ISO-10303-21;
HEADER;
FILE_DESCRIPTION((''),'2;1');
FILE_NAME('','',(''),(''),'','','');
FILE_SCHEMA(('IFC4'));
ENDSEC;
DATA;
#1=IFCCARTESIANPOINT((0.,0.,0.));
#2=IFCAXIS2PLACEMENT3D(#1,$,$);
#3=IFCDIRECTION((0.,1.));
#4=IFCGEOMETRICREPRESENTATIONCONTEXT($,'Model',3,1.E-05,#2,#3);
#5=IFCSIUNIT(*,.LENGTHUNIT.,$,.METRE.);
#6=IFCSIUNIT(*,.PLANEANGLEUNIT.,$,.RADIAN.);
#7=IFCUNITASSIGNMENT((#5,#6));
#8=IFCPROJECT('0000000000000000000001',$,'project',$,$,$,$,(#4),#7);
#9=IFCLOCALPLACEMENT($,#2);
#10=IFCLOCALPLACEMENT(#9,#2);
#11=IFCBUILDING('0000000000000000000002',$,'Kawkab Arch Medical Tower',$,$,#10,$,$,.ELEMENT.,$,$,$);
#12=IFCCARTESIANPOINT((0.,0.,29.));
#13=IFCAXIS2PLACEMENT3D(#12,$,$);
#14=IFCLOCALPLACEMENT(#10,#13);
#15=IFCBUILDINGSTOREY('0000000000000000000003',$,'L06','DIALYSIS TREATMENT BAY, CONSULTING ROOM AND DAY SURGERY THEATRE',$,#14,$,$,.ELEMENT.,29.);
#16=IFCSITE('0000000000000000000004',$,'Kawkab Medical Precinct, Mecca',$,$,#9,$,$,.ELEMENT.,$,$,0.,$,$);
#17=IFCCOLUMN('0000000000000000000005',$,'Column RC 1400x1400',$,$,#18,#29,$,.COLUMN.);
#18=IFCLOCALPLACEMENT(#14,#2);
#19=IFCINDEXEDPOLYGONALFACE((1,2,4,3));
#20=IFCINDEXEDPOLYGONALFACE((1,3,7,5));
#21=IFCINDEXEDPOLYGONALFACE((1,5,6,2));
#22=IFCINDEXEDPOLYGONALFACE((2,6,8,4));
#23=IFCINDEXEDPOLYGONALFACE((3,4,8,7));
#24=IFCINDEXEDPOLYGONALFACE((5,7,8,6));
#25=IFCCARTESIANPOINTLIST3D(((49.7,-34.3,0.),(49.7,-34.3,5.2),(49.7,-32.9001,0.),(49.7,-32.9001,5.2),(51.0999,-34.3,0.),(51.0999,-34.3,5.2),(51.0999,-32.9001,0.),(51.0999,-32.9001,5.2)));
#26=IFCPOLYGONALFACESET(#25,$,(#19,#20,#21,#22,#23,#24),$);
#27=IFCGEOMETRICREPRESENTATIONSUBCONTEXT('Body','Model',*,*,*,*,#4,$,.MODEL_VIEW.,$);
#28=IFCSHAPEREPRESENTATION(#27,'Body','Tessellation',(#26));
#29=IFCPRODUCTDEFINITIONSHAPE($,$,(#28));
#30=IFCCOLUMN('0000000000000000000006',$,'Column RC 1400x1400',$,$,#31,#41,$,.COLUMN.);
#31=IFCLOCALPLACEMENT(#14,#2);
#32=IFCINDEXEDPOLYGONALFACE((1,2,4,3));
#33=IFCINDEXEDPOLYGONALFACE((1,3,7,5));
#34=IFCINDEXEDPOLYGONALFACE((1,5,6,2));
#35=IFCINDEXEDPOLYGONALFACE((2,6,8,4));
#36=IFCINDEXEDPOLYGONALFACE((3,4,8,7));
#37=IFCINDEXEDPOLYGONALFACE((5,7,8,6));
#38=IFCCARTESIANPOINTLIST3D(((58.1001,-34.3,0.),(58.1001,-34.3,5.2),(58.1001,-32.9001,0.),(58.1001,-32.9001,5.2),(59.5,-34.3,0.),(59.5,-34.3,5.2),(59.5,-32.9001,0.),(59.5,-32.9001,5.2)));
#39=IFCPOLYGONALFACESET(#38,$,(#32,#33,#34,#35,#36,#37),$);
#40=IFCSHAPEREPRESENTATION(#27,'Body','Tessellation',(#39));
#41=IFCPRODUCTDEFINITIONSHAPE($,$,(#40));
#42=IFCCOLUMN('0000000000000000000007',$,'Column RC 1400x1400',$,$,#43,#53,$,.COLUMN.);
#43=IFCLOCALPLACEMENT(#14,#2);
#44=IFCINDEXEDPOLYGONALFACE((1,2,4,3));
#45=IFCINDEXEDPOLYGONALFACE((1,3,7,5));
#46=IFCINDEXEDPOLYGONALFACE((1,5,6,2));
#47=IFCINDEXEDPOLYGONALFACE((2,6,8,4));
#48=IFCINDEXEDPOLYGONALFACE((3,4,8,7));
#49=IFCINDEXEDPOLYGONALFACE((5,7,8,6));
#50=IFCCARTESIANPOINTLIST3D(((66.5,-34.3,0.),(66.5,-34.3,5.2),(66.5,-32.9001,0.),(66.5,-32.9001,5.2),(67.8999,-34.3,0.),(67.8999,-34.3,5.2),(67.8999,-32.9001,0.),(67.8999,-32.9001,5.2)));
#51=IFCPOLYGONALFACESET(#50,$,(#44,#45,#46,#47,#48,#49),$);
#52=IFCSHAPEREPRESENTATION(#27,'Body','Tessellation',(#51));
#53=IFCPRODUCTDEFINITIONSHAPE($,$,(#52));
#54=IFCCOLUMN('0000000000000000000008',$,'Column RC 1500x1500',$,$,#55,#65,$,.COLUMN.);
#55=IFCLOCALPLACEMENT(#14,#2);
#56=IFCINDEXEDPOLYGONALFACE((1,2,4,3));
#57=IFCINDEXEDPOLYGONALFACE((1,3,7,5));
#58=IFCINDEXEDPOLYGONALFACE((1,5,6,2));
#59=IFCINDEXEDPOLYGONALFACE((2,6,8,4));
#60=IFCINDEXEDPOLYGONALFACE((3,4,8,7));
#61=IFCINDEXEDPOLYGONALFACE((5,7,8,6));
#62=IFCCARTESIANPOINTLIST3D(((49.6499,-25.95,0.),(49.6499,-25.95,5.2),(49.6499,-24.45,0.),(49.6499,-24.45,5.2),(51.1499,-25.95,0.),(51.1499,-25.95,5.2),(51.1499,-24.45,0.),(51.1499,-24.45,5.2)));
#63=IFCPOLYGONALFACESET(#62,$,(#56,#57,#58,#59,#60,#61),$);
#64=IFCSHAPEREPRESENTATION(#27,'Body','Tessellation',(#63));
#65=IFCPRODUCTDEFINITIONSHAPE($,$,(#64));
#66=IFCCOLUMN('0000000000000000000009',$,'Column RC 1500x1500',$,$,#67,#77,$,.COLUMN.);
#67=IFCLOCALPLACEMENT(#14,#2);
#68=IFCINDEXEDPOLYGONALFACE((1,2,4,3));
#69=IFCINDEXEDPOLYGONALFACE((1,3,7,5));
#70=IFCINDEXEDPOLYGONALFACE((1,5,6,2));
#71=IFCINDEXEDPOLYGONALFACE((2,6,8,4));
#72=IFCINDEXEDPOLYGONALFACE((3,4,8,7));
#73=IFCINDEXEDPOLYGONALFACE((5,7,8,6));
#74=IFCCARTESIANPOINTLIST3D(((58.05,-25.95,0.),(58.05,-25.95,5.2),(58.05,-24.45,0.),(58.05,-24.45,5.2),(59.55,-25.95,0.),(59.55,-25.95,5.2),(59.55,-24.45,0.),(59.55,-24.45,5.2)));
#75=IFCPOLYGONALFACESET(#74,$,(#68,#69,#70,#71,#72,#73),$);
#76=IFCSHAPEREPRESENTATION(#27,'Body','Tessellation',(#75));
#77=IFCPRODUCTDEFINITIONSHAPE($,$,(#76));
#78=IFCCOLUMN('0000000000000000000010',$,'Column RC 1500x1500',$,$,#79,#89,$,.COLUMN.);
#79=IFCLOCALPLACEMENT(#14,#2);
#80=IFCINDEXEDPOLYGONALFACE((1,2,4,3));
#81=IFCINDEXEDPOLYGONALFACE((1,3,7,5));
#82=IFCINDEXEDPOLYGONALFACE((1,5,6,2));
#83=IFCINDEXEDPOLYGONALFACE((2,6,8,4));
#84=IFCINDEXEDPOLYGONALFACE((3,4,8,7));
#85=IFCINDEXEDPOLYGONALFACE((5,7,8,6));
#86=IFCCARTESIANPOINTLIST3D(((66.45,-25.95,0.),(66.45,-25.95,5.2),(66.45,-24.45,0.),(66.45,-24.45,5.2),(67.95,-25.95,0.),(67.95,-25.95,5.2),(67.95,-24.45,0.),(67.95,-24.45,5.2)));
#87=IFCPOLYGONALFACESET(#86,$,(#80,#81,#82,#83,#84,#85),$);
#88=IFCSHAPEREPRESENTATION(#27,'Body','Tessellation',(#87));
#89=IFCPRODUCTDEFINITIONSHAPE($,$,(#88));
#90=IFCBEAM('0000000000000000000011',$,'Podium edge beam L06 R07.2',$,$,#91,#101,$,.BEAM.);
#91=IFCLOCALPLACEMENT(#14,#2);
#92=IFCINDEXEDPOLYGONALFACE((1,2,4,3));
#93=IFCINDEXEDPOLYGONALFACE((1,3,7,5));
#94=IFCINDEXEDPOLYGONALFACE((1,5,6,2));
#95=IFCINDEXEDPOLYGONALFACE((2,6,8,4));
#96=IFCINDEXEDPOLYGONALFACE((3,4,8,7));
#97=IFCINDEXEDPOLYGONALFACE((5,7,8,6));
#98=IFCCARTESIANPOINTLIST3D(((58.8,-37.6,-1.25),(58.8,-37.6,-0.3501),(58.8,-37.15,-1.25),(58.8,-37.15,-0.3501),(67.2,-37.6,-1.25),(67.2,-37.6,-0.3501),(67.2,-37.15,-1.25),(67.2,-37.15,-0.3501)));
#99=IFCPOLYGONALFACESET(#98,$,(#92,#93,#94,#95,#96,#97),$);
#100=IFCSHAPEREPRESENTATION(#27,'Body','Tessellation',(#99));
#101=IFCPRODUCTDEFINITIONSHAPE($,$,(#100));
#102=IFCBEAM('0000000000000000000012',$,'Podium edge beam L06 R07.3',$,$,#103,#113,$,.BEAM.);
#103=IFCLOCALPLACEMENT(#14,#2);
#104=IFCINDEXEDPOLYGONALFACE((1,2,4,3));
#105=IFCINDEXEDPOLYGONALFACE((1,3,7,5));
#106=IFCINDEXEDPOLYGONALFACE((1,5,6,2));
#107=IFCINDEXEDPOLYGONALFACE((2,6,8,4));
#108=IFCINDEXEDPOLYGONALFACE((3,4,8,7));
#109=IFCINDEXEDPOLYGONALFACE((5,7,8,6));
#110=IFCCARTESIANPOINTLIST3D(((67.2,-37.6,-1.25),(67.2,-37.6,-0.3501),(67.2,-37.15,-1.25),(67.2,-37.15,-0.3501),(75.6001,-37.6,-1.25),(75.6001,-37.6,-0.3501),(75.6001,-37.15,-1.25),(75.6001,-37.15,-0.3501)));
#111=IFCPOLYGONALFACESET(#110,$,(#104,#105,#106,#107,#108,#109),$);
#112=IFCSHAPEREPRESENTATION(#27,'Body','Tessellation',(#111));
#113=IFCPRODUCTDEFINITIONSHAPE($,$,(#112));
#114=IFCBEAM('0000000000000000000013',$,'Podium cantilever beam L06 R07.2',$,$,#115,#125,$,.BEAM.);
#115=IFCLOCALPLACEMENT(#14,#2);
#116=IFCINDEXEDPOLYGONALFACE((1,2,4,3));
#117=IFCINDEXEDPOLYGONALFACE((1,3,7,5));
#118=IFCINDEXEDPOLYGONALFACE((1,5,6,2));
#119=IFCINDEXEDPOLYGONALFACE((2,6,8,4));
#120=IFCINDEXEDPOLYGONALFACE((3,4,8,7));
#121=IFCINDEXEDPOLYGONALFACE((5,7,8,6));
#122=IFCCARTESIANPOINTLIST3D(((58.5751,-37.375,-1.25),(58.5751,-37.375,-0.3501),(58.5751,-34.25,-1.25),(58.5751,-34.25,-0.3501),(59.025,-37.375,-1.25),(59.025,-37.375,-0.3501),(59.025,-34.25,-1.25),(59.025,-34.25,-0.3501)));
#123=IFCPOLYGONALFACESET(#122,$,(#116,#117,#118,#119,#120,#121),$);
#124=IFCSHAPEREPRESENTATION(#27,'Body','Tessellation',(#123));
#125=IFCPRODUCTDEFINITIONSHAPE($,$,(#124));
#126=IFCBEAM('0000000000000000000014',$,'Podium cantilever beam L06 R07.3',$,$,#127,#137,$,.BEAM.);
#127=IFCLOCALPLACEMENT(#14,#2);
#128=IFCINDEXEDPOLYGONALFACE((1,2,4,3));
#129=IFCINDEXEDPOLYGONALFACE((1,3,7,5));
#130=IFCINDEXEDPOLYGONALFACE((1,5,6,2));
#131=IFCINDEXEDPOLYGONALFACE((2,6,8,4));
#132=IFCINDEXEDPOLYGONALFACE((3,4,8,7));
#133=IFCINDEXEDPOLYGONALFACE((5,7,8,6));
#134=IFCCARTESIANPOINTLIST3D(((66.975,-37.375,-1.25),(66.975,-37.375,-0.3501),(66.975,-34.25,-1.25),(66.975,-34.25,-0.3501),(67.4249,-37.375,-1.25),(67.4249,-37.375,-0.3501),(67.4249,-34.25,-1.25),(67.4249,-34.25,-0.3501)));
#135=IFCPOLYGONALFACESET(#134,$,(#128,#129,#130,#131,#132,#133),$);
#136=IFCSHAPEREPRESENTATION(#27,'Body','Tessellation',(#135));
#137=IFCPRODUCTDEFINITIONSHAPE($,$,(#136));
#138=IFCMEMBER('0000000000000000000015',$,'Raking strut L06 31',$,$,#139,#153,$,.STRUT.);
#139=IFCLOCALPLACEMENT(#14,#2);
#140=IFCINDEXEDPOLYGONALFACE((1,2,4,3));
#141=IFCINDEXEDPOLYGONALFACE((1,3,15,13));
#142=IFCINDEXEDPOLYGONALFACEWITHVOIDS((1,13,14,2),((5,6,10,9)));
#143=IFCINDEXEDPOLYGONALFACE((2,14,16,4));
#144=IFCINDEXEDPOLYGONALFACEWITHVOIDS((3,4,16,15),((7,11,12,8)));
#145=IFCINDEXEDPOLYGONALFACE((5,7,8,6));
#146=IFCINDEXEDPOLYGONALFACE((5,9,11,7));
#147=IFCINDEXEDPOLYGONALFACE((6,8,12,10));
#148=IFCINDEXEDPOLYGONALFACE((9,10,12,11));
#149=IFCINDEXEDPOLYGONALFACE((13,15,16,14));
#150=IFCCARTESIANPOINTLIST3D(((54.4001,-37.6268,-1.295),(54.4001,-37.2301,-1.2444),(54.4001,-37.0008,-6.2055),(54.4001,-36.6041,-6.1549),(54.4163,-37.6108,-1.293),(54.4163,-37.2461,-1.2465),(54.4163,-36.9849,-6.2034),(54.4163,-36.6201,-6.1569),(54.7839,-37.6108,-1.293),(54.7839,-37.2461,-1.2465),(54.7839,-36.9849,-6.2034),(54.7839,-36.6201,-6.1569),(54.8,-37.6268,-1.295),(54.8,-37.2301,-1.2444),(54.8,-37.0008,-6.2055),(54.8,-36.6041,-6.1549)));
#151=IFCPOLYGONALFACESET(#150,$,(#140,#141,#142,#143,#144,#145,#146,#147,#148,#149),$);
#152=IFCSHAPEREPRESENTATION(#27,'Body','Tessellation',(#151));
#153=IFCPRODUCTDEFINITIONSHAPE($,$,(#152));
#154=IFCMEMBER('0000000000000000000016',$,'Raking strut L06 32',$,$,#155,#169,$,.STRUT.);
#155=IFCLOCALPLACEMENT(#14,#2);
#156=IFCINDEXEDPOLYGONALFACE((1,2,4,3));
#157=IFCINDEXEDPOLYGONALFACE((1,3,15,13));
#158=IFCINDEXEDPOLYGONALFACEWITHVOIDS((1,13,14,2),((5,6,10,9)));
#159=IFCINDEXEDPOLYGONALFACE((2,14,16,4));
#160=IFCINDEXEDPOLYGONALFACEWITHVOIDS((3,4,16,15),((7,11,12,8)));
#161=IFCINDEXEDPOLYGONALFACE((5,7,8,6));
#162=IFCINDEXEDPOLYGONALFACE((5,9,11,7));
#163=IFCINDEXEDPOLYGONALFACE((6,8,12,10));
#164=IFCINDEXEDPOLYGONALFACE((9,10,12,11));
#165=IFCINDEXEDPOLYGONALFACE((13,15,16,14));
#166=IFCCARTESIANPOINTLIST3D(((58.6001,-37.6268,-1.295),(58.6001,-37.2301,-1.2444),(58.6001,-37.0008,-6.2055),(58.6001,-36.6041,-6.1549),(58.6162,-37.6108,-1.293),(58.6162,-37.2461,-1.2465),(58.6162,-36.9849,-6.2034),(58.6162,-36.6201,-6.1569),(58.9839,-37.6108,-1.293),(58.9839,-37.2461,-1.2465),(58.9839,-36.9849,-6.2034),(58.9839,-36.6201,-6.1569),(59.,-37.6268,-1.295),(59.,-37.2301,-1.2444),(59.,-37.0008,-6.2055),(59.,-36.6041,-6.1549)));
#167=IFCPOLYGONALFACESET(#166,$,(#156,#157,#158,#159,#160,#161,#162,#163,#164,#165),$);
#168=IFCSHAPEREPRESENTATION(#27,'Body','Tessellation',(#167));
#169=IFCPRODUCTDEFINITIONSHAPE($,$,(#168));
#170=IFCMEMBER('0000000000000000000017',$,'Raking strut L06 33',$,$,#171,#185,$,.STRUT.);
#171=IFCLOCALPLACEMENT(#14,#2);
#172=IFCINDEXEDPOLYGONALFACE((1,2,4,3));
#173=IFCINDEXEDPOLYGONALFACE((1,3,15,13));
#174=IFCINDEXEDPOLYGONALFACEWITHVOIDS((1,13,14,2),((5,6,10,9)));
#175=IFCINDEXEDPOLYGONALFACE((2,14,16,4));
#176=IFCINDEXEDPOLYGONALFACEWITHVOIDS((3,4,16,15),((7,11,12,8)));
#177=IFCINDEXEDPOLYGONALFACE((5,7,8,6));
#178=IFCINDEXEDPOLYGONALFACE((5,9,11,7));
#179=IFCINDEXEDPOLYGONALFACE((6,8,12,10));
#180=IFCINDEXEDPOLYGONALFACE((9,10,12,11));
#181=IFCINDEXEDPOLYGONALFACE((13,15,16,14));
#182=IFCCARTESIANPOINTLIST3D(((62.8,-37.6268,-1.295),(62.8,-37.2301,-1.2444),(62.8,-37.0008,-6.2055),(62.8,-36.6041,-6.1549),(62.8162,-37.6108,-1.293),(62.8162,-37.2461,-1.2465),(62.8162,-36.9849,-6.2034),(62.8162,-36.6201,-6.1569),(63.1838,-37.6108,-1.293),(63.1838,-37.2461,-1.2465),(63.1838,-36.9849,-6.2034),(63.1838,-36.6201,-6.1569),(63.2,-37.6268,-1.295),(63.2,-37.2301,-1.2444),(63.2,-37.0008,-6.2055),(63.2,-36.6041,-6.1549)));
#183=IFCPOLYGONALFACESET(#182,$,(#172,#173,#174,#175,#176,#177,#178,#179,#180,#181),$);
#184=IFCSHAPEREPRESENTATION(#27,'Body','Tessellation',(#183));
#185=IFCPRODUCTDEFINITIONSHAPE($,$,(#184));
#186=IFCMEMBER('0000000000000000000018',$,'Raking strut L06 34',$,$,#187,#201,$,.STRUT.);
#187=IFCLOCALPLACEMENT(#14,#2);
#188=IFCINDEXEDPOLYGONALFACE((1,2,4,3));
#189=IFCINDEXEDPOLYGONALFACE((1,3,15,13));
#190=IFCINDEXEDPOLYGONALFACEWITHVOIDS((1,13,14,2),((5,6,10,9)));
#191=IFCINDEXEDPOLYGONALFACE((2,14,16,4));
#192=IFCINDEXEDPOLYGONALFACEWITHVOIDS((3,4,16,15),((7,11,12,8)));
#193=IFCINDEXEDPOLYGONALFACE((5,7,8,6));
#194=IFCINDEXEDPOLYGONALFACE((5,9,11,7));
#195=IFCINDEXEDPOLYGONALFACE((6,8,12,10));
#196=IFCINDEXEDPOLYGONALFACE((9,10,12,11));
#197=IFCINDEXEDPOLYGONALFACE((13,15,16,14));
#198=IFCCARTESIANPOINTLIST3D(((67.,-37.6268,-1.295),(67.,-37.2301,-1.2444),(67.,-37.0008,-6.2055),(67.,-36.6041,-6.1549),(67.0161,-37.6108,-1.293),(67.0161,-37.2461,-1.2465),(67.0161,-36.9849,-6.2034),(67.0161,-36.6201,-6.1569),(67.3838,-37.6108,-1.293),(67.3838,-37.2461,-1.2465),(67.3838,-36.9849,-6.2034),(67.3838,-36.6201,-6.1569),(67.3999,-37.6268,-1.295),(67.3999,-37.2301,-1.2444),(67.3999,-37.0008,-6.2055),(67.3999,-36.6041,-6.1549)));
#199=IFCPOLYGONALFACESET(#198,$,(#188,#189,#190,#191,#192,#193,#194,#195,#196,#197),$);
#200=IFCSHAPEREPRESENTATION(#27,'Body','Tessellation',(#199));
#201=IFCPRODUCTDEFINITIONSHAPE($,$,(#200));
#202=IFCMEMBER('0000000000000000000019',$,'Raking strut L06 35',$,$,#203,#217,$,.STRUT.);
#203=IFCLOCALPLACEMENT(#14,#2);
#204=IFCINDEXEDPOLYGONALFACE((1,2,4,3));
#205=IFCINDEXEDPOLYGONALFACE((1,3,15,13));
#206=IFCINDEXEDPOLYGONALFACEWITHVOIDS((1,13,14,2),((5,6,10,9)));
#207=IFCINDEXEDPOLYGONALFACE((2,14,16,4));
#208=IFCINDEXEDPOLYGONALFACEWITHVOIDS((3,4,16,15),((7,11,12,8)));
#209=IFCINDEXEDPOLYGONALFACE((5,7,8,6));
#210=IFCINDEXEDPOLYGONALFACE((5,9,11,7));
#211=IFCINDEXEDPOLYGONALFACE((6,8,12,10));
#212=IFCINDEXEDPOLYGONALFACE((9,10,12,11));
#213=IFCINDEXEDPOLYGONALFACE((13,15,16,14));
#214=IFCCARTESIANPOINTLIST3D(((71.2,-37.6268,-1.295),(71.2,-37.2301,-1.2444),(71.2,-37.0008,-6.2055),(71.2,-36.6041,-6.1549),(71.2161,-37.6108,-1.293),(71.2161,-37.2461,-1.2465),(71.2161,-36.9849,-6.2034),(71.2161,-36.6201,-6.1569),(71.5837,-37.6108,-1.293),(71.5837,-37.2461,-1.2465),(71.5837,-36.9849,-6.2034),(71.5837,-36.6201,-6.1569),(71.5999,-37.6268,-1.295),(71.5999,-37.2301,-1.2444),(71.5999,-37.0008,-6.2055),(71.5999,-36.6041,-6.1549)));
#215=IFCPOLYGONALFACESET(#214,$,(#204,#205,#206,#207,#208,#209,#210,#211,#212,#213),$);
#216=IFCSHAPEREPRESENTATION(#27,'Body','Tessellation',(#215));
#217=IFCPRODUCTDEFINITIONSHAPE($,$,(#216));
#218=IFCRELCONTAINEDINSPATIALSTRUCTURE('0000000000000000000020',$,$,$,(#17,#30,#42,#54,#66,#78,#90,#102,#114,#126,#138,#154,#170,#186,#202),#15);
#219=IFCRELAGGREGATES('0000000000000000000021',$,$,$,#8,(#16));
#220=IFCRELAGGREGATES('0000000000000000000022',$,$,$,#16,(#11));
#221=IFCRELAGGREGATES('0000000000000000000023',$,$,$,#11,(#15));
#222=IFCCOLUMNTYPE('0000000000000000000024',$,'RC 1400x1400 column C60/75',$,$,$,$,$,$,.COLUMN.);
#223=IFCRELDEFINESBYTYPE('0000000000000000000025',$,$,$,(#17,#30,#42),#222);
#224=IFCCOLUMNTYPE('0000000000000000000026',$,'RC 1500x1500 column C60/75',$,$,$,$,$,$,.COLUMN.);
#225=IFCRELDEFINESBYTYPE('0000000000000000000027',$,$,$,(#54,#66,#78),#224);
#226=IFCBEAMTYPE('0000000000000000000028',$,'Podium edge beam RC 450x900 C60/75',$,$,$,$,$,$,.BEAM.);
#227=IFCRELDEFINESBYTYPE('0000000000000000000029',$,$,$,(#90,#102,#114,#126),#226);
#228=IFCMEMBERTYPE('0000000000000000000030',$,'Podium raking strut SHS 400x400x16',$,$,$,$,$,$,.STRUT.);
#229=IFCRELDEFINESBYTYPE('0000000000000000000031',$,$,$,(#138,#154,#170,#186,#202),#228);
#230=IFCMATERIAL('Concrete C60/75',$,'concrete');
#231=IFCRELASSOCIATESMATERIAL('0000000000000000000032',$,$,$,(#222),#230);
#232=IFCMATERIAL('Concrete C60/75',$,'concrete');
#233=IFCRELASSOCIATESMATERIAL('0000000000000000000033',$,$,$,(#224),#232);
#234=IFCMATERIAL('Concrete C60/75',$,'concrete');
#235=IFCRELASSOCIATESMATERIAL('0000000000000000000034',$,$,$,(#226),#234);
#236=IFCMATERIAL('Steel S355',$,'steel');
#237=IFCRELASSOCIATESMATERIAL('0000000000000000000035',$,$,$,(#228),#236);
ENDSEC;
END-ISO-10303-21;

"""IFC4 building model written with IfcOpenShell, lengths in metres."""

from ifc_helpers import new_model, si_unit, direction, frame, origin, origin_2d, place, context, subcontext, project, spatial, rectangle, hollow_rectangle, extrude, material, material_profile, profile_set, type_object, element, save


model = new_model("IFC4")

# Units and contexts
model_context = context("Model", 3, precision=1e-05, world=origin(), true_north=direction((0.0, 1.0)))
body_context = subcontext(model_context, "Body", "Model", "MODEL_VIEW")
ifc_project = project(units=[si_unit("LENGTHUNIT", "METRE"), si_unit("PLANEANGLEUNIT", "RADIAN")], contexts=[model_context])

# Site, building, storey
site_placement = place(None, origin())
site = spatial("IfcSite", under=ifc_project, at=site_placement, Name="Kawkab Medical Precinct, Mecca", CompositionType="ELEMENT", RefElevation=0.0)
building_placement = place(site_placement, origin())
building = spatial("IfcBuilding", under=site, at=building_placement, Name="Kawkab Arch Medical Tower", CompositionType="ELEMENT")
storey_placement = place(building_placement, frame((0.0, 0.0, 29.0)))
storey = spatial("IfcBuildingStorey", under=building, at=storey_placement, Name="L06", Description="DIALYSIS TREATMENT BAY, CONSULTING ROOM AND DAY SURGERY THEATRE", CompositionType="ELEMENT", Elevation=29.0)

# Columns
ifc_material_1 = material(Name="Concrete C60/75", Category="concrete")
ifc_material_profile_1 = material_profile(ifc_material_1, rectangle(XDim=1.3999, YDim=1.3999, at=origin_2d()), Name="RC 1400x1400")
ifc_profile_set_1 = profile_set([ifc_material_profile_1], Name="Concrete C60/75")
column_type_1 = type_object("IfcColumnType", Name="RC 1400x1400 column C60/75", PredefinedType="COLUMN", material=ifc_profile_set_1)
for number, where, z_axis, x_axis, name in (
    (1, (50.3999, -33.6001, 0.0), (0.0, 0.0, 1.0), (1.0, 0.0, 0.0), "Column RC 1400x1400"),
    (2, (58.8, -33.6001, 0.0), (0.0, 0.0, 1.0), (1.0, 0.0, 0.0), "Column RC 1400x1400"),
    (3, (67.2, -33.6001, 0.0), (0.0, 0.0, 1.0), (1.0, 0.0, 0.0), "Column RC 1400x1400"),
):
    element("IfcColumn", number, at=place(storey_placement, frame(where, z_axis=z_axis, x_axis=x_axis)), inside=storey, type_object=column_type_1, Name=name, PredefinedType="COLUMN", context=body_context, shape_type="SweptSolid", body=[
        extrude(rectangle(XDim=1.3999, YDim=1.3999, at=origin_2d()), origin(), (0.0, 0.0, 1.0), 5.2),
    ])
ifc_material_2 = material(Name="Concrete C60/75", Category="concrete")
ifc_material_profile_2 = material_profile(ifc_material_2, rectangle(XDim=1.5, YDim=1.5, at=origin_2d()), Name="RC 1500x1500")
ifc_profile_set_2 = profile_set([ifc_material_profile_2], Name="Concrete C60/75")
column_type_2 = type_object("IfcColumnType", Name="RC 1500x1500 column C60/75", PredefinedType="COLUMN", material=ifc_profile_set_2)
for number, where, z_axis, x_axis, name in (
    (4, (50.3999, -25.2, 0.0), (0.0, 0.0, 1.0), (1.0, 0.0, 0.0), "Column RC 1500x1500"),
    (5, (58.8, -25.2, 0.0), (0.0, 0.0, 1.0), (1.0, 0.0, 0.0), "Column RC 1500x1500"),
    (6, (67.2, -25.2, 0.0), (0.0, 0.0, 1.0), (1.0, 0.0, 0.0), "Column RC 1500x1500"),
):
    element("IfcColumn", number, at=place(storey_placement, frame(where, z_axis=z_axis, x_axis=x_axis)), inside=storey, type_object=column_type_2, Name=name, PredefinedType="COLUMN", context=body_context, shape_type="SweptSolid", body=[
        extrude(rectangle(XDim=1.5, YDim=1.5, at=origin_2d()), origin(), (0.0, 0.0, 1.0), 5.2),
    ])

# Beams
ifc_material_3 = material(Name="Concrete C60/75", Category="concrete")
ifc_material_profile_3 = material_profile(ifc_material_3, rectangle(XDim=0.45, YDim=0.8999, at=origin_2d()), Name="RC 450x900")
ifc_profile_set_3 = profile_set([ifc_material_profile_3], Name="Concrete C60/75")
beam_type_1 = type_object("IfcBeamType", Name="Podium edge beam RC 450x900 C60/75", PredefinedType="BEAM", material=ifc_profile_set_3)
beam_1_placement = place(storey_placement, frame((58.8, -37.375, -0.8), z_axis=(1.0, 0.0, 0.0), x_axis=(0.0, 1.0, 0.0)))
element("IfcBeam", 7, at=beam_1_placement, inside=storey, type_object=beam_type_1, Name="Podium edge beam L06 R07.2", PredefinedType="BEAM", context=body_context, shape_type="SweptSolid", body=[
    extrude(rectangle(XDim=0.45, YDim=0.8999, at=origin_2d()), origin(), (0.0, 0.0, 1.0), 8.3999),
])
beam_2_placement = place(storey_placement, frame((67.2, -37.375, -0.8), z_axis=(1.0, 0.0, 0.0), x_axis=(0.0, 1.0, 0.0)))
element("IfcBeam", 8, at=beam_2_placement, inside=storey, type_object=beam_type_1, Name="Podium edge beam L06 R07.3", PredefinedType="BEAM", context=body_context, shape_type="SweptSolid", body=[
    extrude(rectangle(XDim=0.45, YDim=0.8999, at=origin_2d()), origin(), (0.0, 0.0, 1.0), 8.4001),
])
for number, where, z_axis, x_axis, name in (
    (9, (58.8, -34.25, -0.8), (0.0, -1.0, 0.0), (1.0, 0.0, 0.0), "Podium cantilever beam L06 R07.2"),
    (10, (67.2, -34.25, -0.8), (0.0, -1.0, 0.0), (1.0, 0.0, 0.0), "Podium cantilever beam L06 R07.3"),
):
    element("IfcBeam", number, at=place(storey_placement, frame(where, z_axis=z_axis, x_axis=x_axis)), inside=storey, type_object=beam_type_1, Name=name, PredefinedType="BEAM", context=body_context, shape_type="SweptSolid", body=[
        extrude(rectangle(XDim=0.45, YDim=0.8999, at=origin_2d()), origin(), (0.0, 0.0, 1.0), 3.125),
    ])

# Members
ifc_material_4 = material(Name="Steel S355", Category="steel")
ifc_material_profile_4 = material_profile(ifc_material_4, hollow_rectangle(XDim=0.3999, YDim=0.3999, WallThickness=0.0161, at=origin_2d()), Name="SHS 400x400x16")
ifc_profile_set_4 = profile_set([ifc_material_profile_4], Name="Steel S355")
member_type = type_object("IfcMemberType", Name="Podium raking strut SHS 400x400x16", PredefinedType="STRUT", material=ifc_profile_set_4)
for number, where, z_axis, x_axis, name in (
    (11, (54.6001, -36.8025, -6.1802), (0.0, -0.126456, 0.991972), (1.0, 0.0, 0.0), "Raking strut L06 31"),
    (12, (58.8, -36.8025, -6.1802), (0.0, -0.126456, 0.991972), (1.0, 0.0, 0.0), "Raking strut L06 32"),
    (13, (63.0, -36.8025, -6.1802), (0.0, -0.126456, 0.991972), (1.0, 0.0, 0.0), "Raking strut L06 33"),
    (14, (67.2, -36.8025, -6.1802), (0.0, -0.126456, 0.991972), (1.0, 0.0, 0.0), "Raking strut L06 34"),
    (15, (71.3999, -36.8025, -6.1802), (0.0, -0.126456, 0.991972), (1.0, 0.0, 0.0), "Raking strut L06 35"),
):
    element("IfcMember", number, at=place(storey_placement, frame(where, z_axis=z_axis, x_axis=x_axis)), inside=storey, type_object=member_type, Name=name, PredefinedType="STRUT", context=body_context, shape_type="SweptSolid", body=[
        extrude(hollow_rectangle(XDim=0.3999, YDim=0.3999, WallThickness=0.0161, at=origin_2d()), origin(), (0.0, 0.0, 1.0), 4.9502),
    ])

save(model, "model.ifc")
